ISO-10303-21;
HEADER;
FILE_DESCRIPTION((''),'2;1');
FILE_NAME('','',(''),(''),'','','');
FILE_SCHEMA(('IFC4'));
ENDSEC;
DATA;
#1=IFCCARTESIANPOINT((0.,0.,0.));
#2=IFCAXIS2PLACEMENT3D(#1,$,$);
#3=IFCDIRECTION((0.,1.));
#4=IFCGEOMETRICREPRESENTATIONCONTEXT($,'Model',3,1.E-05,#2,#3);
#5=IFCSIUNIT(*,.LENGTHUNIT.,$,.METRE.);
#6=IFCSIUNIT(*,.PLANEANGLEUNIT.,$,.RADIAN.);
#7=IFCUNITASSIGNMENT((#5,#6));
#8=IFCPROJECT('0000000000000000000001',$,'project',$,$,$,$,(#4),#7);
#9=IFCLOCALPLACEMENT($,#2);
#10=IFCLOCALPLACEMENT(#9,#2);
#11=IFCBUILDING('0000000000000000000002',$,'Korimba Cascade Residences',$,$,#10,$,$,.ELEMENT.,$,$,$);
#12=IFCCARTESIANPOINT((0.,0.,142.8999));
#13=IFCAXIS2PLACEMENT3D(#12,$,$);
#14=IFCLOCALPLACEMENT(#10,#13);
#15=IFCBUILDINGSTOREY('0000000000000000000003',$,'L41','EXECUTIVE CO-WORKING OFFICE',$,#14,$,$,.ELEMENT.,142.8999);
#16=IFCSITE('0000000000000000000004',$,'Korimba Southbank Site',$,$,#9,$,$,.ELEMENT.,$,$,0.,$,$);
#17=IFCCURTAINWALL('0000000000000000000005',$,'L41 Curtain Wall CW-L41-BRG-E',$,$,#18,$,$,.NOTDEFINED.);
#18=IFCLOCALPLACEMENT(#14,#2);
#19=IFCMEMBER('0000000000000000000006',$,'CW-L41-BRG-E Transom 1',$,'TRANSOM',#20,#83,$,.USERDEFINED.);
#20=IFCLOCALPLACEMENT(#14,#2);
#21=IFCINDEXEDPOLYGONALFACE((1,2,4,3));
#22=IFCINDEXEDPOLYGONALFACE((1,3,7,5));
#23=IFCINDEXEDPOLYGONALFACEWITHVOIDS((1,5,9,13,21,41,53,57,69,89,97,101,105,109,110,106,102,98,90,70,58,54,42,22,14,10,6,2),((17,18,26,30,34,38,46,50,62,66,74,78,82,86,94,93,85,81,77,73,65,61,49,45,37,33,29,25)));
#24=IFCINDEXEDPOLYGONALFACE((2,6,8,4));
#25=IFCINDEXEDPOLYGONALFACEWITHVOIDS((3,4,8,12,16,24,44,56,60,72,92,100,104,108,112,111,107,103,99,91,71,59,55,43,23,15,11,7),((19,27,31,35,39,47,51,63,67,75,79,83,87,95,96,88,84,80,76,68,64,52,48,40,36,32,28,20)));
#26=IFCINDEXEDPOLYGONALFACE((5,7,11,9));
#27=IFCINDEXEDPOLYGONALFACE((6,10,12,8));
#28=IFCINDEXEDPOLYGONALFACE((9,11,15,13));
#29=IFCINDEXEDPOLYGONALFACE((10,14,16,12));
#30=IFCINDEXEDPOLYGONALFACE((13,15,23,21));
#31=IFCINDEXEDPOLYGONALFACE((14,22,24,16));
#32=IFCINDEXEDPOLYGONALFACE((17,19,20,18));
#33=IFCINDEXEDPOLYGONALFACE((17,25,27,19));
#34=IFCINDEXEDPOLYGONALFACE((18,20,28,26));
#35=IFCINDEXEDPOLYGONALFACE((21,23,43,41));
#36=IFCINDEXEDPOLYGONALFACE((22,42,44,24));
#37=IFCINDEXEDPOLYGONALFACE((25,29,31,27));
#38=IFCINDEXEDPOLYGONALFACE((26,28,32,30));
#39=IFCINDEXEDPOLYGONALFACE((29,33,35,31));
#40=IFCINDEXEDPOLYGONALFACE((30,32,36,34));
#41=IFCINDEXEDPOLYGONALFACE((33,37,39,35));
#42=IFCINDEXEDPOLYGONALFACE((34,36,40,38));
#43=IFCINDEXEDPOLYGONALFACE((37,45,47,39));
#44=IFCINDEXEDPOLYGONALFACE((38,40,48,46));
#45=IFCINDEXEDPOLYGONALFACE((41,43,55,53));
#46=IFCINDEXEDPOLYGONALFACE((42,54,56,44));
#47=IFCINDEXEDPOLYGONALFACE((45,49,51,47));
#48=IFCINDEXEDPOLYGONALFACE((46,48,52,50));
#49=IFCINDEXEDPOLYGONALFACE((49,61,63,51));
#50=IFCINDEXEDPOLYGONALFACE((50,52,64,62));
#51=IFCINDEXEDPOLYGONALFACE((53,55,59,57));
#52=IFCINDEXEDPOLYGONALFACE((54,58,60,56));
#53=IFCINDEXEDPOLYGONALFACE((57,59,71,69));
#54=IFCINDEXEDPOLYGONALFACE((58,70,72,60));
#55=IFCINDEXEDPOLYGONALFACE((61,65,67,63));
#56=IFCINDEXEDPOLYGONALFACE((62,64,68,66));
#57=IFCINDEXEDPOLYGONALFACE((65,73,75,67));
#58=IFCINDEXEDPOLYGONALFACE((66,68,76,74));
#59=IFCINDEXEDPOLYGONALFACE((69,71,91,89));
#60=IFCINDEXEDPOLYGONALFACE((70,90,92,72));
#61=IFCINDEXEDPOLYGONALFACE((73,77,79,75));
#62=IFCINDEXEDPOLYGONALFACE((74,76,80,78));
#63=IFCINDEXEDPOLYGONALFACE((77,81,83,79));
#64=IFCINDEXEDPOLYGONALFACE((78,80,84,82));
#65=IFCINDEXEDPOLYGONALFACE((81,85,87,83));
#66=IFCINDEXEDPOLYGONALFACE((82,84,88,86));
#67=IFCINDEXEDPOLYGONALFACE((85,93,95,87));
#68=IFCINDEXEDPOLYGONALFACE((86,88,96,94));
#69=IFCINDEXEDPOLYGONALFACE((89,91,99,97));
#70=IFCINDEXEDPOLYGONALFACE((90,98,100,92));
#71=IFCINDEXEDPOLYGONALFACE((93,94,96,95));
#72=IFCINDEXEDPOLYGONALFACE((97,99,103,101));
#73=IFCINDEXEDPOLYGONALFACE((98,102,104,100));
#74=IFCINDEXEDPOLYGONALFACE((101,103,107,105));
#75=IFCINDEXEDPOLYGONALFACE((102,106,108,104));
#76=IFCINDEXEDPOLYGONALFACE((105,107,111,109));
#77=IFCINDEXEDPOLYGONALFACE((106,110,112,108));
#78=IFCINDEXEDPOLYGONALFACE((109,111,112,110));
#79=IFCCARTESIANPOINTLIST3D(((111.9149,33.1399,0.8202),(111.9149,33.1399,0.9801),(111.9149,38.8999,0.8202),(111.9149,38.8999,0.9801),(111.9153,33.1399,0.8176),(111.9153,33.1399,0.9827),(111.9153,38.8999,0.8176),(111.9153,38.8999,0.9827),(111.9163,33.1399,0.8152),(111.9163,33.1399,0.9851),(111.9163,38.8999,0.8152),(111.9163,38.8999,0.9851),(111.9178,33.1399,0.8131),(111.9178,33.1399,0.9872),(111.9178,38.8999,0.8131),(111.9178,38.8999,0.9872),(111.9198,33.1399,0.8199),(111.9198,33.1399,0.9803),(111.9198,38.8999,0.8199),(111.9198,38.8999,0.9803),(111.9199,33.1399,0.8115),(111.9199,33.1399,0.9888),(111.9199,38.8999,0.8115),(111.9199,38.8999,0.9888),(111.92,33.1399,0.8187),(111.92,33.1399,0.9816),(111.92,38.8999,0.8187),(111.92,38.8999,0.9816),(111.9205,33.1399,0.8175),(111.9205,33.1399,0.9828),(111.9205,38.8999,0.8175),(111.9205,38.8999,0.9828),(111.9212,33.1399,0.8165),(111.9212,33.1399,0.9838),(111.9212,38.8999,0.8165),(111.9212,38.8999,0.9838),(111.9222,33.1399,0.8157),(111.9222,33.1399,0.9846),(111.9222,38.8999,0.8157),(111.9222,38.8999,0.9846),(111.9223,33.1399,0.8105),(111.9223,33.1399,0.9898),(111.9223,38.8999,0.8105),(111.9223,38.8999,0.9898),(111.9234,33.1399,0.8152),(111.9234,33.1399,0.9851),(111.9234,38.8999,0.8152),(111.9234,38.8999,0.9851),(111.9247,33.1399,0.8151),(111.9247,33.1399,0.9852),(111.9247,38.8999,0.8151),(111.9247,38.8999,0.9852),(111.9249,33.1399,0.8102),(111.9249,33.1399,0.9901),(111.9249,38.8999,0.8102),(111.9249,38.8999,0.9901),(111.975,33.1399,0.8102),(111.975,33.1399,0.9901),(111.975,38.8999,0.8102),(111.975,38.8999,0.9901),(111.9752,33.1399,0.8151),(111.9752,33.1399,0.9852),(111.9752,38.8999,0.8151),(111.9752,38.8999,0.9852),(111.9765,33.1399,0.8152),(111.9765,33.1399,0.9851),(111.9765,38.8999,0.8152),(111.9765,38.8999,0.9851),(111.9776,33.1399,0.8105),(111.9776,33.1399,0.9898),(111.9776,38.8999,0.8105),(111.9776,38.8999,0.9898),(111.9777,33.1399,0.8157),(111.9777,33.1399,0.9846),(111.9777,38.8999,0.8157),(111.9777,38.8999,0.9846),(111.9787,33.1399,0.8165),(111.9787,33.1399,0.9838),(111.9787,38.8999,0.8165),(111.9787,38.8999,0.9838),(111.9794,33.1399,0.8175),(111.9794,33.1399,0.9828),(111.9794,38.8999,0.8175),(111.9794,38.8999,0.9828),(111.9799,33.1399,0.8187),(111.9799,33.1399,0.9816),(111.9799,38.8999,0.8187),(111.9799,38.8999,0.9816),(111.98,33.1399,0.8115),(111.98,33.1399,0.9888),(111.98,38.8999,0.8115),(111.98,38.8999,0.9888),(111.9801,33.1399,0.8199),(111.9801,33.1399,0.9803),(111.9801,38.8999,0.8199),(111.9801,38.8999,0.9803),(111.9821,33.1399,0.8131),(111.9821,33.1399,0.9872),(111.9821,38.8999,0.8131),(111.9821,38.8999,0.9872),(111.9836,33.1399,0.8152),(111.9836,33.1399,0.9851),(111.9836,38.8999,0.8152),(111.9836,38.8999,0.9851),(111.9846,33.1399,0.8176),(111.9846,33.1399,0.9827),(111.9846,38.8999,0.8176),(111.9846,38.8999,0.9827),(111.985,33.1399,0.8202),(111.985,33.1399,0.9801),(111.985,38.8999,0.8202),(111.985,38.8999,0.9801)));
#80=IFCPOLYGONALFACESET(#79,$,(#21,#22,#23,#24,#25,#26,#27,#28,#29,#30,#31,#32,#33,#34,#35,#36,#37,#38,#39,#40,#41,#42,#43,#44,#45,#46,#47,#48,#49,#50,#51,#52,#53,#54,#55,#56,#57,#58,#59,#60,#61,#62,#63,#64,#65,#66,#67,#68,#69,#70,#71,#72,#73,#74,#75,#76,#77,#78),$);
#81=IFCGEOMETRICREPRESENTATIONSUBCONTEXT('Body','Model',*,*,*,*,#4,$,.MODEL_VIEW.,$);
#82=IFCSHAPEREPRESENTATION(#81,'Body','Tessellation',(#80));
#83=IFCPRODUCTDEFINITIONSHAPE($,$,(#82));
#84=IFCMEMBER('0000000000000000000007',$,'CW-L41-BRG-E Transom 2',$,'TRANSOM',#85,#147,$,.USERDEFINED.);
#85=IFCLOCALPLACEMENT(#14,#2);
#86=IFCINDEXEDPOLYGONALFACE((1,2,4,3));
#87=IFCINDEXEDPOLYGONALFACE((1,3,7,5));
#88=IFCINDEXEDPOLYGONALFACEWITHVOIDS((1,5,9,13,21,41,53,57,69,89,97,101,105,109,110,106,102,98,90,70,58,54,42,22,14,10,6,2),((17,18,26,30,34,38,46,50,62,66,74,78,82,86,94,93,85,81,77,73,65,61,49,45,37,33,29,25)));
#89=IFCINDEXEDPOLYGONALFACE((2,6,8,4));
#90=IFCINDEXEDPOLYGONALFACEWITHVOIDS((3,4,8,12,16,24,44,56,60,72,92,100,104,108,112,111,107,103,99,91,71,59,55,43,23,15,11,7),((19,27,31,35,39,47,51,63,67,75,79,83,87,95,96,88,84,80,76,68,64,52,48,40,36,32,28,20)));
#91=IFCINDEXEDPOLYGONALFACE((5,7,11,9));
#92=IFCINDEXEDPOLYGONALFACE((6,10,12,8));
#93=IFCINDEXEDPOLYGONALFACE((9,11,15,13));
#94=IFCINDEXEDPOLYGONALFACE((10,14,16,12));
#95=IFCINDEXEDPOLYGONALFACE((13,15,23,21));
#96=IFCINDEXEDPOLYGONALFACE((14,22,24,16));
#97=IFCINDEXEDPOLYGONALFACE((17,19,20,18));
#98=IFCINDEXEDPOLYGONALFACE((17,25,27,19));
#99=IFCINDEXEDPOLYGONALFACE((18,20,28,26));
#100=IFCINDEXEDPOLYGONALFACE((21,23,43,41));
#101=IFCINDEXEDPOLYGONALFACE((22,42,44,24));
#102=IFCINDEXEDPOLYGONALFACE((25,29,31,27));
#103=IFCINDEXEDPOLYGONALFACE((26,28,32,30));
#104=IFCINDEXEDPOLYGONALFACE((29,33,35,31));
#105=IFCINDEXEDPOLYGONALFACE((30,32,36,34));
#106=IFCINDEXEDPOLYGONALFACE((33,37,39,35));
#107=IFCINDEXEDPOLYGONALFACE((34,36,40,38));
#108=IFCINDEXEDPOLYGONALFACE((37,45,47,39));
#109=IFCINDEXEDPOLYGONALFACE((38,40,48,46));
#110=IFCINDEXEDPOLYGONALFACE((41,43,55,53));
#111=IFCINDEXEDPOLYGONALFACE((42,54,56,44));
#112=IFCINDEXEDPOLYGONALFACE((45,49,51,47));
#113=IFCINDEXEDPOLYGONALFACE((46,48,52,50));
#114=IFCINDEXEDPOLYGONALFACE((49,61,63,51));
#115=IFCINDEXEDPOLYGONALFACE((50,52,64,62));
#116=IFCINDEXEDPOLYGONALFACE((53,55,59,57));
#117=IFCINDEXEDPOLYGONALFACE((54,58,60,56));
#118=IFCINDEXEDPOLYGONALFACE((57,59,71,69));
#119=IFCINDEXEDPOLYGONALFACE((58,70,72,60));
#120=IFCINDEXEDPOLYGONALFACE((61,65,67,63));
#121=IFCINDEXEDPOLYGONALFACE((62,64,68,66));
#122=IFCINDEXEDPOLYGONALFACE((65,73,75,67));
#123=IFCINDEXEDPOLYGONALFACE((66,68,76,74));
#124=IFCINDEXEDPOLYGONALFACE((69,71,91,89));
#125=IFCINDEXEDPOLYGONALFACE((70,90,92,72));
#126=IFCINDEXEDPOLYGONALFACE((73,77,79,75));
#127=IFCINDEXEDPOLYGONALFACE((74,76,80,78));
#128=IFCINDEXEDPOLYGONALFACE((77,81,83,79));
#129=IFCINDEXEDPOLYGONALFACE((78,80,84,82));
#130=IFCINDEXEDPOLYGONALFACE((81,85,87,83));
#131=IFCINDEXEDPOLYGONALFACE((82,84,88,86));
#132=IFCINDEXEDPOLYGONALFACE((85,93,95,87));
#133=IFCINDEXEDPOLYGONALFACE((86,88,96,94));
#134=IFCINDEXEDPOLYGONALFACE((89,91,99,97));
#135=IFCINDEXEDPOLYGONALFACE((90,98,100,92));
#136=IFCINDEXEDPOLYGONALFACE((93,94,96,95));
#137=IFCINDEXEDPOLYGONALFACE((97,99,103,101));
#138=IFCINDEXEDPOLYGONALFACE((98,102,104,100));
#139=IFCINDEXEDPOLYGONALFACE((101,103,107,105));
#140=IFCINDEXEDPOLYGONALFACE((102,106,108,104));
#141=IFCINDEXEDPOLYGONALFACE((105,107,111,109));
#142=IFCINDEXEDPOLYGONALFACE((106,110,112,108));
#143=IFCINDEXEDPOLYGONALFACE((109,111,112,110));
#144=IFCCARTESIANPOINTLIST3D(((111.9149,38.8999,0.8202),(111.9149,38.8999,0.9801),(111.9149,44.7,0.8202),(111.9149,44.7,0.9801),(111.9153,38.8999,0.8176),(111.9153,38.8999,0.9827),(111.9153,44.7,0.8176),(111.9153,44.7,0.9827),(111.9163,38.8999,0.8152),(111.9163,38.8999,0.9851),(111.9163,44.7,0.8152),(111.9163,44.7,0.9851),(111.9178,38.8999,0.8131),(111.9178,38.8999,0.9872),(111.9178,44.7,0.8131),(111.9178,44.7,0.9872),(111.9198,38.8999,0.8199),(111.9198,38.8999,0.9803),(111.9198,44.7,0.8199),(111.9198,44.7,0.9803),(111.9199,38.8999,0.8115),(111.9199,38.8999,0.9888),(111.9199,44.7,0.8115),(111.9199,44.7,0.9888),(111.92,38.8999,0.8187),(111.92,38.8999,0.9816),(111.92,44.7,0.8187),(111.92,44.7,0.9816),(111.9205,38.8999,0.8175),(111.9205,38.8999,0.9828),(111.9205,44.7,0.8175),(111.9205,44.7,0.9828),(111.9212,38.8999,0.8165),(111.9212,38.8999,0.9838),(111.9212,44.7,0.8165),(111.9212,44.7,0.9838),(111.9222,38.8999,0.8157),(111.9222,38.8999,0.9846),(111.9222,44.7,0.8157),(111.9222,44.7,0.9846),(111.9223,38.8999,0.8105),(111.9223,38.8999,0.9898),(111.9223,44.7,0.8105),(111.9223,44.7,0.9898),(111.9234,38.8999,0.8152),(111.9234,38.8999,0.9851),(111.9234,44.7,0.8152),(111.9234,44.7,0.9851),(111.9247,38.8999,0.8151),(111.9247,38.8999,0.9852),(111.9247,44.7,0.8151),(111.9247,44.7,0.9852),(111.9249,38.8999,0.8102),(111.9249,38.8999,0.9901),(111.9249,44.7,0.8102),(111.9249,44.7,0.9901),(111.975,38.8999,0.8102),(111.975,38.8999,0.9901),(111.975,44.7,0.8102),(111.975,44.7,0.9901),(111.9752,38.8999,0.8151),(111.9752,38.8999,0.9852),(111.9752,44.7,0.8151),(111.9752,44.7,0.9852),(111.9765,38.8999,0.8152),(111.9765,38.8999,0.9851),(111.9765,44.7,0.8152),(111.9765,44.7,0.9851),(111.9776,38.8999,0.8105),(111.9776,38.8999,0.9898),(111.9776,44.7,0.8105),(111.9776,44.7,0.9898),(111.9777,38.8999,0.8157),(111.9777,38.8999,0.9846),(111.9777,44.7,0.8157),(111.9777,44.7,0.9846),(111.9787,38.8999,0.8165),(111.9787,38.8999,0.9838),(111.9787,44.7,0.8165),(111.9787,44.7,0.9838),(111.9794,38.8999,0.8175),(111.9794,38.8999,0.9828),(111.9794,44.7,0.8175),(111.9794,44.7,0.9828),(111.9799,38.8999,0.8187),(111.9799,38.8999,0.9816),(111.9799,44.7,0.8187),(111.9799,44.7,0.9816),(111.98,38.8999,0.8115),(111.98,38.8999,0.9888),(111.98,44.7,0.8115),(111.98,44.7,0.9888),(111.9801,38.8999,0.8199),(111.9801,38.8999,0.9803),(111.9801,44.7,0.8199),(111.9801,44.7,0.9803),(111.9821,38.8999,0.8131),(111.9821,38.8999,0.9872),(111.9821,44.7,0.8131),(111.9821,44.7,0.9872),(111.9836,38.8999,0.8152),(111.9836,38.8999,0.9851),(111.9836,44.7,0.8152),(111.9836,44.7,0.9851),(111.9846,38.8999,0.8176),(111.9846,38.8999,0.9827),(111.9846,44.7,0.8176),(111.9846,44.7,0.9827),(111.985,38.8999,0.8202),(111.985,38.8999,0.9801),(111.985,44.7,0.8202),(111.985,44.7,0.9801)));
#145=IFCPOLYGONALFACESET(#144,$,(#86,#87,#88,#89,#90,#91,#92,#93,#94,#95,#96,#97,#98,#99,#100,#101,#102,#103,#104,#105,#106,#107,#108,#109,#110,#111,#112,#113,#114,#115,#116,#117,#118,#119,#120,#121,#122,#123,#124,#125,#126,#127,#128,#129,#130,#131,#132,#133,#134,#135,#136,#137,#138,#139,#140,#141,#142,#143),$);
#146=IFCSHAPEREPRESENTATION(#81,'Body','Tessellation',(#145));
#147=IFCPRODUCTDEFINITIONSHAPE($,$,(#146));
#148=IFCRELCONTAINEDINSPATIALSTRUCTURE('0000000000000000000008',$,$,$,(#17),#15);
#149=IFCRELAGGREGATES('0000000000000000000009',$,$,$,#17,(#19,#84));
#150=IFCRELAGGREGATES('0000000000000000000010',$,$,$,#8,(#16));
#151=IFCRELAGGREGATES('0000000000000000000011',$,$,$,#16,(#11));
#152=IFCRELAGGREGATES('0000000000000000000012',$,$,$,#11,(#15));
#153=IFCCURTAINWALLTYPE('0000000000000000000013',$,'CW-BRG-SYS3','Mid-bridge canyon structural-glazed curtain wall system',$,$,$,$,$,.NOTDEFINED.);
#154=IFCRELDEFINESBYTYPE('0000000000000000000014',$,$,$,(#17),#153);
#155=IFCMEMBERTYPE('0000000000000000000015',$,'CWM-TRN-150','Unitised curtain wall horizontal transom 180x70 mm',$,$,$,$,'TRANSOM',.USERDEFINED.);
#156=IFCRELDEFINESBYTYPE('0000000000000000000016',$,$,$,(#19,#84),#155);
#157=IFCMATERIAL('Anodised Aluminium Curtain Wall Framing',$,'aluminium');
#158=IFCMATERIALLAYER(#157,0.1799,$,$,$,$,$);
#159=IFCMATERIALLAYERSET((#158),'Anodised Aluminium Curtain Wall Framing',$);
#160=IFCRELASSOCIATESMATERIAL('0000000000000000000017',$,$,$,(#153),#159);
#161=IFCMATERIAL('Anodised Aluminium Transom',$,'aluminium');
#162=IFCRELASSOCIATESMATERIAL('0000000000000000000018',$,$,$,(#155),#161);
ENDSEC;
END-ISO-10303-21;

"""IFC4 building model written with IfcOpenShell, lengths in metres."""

from ifc_helpers import new_model, si_unit, direction, frame, origin, origin_2d, place, context, subcontext, project, spatial, hollow_rectangle, extrude, material, layer, layer_set, material_profile, profile_set, type_object, element, aggregate, save


model = new_model("IFC4")

# Units and contexts
model_context = context("Model", 3, precision=1e-05, world=origin(), true_north=direction((0.0, 1.0)))
body_context = subcontext(model_context, "Body", "Model", "MODEL_VIEW")
ifc_project = project(units=[si_unit("LENGTHUNIT", "METRE"), si_unit("PLANEANGLEUNIT", "RADIAN")], contexts=[model_context])

# Site, building, storey
site_placement = place(None, origin())
site = spatial("IfcSite", under=ifc_project, at=site_placement, Name="Korimba Southbank Site", CompositionType="ELEMENT", RefElevation=0.0)
building_placement = place(site_placement, origin())
building = spatial("IfcBuilding", under=site, at=building_placement, Name="Korimba Cascade Residences", CompositionType="ELEMENT")
storey_placement = place(building_placement, frame((0.0, 0.0, 142.8999)))
storey = spatial("IfcBuildingStorey", under=building, at=storey_placement, Name="L41", Description="EXECUTIVE CO-WORKING OFFICE", CompositionType="ELEMENT", Elevation=142.8999)

# Curtain wall, members
ifc_material_1 = material(Name="Anodised Aluminium Curtain Wall Framing", Category="aluminium")
ifc_layer_1 = layer(ifc_material_1, 0.1799)
ifc_layer_set_1 = layer_set([ifc_layer_1], Name="Anodised Aluminium Curtain Wall Framing")
curtain_wall_type = type_object("IfcCurtainWallType", Name="CW-BRG-SYS3", Description="Mid-bridge canyon structural-glazed curtain wall system", PredefinedType="NOTDEFINED", material=ifc_layer_set_1)
curtain_wall_placement = place(storey_placement, origin())
curtain_wall = element("IfcCurtainWall", 1, at=curtain_wall_placement, inside=storey, type_object=curtain_wall_type, Name="L41 Curtain Wall CW-L41-BRG-E", PredefinedType="NOTDEFINED")
ifc_material_2 = material(Name="Anodised Aluminium Transom", Category="aluminium")
ifc_material_profile_1 = material_profile(ifc_material_2, hollow_rectangle(XDim=0.0701, YDim=0.1799, WallThickness=0.0049, InnerFilletRadius=0.0049, OuterFilletRadius=0.01, at=origin_2d()), Name="Anodised Aluminium Transom")
ifc_profile_set_1 = profile_set([ifc_material_profile_1], Name="Anodised Aluminium Transom")
member_type_1 = type_object("IfcMemberType", Name="CWM-TRN-150", Description="Unitised curtain wall horizontal transom 180x70 mm", ElementType="TRANSOM", PredefinedType="USERDEFINED", material=ifc_profile_set_1)
member_1_placement = place(storey_placement, frame((111.95, 33.1399, 0.9001), z_axis=(0.0, 1.0, 0.0), x_axis=(-1.0, 0.0, 0.0)))
member_1 = element("IfcMember", 2, at=member_1_placement, type_object=member_type_1, Name="CW-L41-BRG-E Transom 1", ObjectType="TRANSOM", PredefinedType="USERDEFINED", context=body_context, shape_type="SweptSolid", body=[
    extrude(hollow_rectangle(XDim=0.0701, YDim=0.1799, WallThickness=0.0049, InnerFilletRadius=0.0049, OuterFilletRadius=0.01, at=origin_2d()), origin(), (0.0, 0.0, 1.0), 5.76),
])
member_2_placement = place(storey_placement, frame((111.95, 38.8999, 0.9001), z_axis=(0.0, 1.0, 0.0), x_axis=(-1.0, 0.0, 0.0)))
member_2 = element("IfcMember", 3, at=member_2_placement, type_object=member_type_1, Name="CW-L41-BRG-E Transom 2", ObjectType="TRANSOM", PredefinedType="USERDEFINED", context=body_context, shape_type="SweptSolid", body=[
    extrude(hollow_rectangle(XDim=0.0701, YDim=0.1799, WallThickness=0.0049, InnerFilletRadius=0.0049, OuterFilletRadius=0.01, at=origin_2d()), origin(), (0.0, 0.0, 1.0), 5.8),
])

aggregate(curtain_wall, [member_1, member_2])

save(model, "model.ifc")
